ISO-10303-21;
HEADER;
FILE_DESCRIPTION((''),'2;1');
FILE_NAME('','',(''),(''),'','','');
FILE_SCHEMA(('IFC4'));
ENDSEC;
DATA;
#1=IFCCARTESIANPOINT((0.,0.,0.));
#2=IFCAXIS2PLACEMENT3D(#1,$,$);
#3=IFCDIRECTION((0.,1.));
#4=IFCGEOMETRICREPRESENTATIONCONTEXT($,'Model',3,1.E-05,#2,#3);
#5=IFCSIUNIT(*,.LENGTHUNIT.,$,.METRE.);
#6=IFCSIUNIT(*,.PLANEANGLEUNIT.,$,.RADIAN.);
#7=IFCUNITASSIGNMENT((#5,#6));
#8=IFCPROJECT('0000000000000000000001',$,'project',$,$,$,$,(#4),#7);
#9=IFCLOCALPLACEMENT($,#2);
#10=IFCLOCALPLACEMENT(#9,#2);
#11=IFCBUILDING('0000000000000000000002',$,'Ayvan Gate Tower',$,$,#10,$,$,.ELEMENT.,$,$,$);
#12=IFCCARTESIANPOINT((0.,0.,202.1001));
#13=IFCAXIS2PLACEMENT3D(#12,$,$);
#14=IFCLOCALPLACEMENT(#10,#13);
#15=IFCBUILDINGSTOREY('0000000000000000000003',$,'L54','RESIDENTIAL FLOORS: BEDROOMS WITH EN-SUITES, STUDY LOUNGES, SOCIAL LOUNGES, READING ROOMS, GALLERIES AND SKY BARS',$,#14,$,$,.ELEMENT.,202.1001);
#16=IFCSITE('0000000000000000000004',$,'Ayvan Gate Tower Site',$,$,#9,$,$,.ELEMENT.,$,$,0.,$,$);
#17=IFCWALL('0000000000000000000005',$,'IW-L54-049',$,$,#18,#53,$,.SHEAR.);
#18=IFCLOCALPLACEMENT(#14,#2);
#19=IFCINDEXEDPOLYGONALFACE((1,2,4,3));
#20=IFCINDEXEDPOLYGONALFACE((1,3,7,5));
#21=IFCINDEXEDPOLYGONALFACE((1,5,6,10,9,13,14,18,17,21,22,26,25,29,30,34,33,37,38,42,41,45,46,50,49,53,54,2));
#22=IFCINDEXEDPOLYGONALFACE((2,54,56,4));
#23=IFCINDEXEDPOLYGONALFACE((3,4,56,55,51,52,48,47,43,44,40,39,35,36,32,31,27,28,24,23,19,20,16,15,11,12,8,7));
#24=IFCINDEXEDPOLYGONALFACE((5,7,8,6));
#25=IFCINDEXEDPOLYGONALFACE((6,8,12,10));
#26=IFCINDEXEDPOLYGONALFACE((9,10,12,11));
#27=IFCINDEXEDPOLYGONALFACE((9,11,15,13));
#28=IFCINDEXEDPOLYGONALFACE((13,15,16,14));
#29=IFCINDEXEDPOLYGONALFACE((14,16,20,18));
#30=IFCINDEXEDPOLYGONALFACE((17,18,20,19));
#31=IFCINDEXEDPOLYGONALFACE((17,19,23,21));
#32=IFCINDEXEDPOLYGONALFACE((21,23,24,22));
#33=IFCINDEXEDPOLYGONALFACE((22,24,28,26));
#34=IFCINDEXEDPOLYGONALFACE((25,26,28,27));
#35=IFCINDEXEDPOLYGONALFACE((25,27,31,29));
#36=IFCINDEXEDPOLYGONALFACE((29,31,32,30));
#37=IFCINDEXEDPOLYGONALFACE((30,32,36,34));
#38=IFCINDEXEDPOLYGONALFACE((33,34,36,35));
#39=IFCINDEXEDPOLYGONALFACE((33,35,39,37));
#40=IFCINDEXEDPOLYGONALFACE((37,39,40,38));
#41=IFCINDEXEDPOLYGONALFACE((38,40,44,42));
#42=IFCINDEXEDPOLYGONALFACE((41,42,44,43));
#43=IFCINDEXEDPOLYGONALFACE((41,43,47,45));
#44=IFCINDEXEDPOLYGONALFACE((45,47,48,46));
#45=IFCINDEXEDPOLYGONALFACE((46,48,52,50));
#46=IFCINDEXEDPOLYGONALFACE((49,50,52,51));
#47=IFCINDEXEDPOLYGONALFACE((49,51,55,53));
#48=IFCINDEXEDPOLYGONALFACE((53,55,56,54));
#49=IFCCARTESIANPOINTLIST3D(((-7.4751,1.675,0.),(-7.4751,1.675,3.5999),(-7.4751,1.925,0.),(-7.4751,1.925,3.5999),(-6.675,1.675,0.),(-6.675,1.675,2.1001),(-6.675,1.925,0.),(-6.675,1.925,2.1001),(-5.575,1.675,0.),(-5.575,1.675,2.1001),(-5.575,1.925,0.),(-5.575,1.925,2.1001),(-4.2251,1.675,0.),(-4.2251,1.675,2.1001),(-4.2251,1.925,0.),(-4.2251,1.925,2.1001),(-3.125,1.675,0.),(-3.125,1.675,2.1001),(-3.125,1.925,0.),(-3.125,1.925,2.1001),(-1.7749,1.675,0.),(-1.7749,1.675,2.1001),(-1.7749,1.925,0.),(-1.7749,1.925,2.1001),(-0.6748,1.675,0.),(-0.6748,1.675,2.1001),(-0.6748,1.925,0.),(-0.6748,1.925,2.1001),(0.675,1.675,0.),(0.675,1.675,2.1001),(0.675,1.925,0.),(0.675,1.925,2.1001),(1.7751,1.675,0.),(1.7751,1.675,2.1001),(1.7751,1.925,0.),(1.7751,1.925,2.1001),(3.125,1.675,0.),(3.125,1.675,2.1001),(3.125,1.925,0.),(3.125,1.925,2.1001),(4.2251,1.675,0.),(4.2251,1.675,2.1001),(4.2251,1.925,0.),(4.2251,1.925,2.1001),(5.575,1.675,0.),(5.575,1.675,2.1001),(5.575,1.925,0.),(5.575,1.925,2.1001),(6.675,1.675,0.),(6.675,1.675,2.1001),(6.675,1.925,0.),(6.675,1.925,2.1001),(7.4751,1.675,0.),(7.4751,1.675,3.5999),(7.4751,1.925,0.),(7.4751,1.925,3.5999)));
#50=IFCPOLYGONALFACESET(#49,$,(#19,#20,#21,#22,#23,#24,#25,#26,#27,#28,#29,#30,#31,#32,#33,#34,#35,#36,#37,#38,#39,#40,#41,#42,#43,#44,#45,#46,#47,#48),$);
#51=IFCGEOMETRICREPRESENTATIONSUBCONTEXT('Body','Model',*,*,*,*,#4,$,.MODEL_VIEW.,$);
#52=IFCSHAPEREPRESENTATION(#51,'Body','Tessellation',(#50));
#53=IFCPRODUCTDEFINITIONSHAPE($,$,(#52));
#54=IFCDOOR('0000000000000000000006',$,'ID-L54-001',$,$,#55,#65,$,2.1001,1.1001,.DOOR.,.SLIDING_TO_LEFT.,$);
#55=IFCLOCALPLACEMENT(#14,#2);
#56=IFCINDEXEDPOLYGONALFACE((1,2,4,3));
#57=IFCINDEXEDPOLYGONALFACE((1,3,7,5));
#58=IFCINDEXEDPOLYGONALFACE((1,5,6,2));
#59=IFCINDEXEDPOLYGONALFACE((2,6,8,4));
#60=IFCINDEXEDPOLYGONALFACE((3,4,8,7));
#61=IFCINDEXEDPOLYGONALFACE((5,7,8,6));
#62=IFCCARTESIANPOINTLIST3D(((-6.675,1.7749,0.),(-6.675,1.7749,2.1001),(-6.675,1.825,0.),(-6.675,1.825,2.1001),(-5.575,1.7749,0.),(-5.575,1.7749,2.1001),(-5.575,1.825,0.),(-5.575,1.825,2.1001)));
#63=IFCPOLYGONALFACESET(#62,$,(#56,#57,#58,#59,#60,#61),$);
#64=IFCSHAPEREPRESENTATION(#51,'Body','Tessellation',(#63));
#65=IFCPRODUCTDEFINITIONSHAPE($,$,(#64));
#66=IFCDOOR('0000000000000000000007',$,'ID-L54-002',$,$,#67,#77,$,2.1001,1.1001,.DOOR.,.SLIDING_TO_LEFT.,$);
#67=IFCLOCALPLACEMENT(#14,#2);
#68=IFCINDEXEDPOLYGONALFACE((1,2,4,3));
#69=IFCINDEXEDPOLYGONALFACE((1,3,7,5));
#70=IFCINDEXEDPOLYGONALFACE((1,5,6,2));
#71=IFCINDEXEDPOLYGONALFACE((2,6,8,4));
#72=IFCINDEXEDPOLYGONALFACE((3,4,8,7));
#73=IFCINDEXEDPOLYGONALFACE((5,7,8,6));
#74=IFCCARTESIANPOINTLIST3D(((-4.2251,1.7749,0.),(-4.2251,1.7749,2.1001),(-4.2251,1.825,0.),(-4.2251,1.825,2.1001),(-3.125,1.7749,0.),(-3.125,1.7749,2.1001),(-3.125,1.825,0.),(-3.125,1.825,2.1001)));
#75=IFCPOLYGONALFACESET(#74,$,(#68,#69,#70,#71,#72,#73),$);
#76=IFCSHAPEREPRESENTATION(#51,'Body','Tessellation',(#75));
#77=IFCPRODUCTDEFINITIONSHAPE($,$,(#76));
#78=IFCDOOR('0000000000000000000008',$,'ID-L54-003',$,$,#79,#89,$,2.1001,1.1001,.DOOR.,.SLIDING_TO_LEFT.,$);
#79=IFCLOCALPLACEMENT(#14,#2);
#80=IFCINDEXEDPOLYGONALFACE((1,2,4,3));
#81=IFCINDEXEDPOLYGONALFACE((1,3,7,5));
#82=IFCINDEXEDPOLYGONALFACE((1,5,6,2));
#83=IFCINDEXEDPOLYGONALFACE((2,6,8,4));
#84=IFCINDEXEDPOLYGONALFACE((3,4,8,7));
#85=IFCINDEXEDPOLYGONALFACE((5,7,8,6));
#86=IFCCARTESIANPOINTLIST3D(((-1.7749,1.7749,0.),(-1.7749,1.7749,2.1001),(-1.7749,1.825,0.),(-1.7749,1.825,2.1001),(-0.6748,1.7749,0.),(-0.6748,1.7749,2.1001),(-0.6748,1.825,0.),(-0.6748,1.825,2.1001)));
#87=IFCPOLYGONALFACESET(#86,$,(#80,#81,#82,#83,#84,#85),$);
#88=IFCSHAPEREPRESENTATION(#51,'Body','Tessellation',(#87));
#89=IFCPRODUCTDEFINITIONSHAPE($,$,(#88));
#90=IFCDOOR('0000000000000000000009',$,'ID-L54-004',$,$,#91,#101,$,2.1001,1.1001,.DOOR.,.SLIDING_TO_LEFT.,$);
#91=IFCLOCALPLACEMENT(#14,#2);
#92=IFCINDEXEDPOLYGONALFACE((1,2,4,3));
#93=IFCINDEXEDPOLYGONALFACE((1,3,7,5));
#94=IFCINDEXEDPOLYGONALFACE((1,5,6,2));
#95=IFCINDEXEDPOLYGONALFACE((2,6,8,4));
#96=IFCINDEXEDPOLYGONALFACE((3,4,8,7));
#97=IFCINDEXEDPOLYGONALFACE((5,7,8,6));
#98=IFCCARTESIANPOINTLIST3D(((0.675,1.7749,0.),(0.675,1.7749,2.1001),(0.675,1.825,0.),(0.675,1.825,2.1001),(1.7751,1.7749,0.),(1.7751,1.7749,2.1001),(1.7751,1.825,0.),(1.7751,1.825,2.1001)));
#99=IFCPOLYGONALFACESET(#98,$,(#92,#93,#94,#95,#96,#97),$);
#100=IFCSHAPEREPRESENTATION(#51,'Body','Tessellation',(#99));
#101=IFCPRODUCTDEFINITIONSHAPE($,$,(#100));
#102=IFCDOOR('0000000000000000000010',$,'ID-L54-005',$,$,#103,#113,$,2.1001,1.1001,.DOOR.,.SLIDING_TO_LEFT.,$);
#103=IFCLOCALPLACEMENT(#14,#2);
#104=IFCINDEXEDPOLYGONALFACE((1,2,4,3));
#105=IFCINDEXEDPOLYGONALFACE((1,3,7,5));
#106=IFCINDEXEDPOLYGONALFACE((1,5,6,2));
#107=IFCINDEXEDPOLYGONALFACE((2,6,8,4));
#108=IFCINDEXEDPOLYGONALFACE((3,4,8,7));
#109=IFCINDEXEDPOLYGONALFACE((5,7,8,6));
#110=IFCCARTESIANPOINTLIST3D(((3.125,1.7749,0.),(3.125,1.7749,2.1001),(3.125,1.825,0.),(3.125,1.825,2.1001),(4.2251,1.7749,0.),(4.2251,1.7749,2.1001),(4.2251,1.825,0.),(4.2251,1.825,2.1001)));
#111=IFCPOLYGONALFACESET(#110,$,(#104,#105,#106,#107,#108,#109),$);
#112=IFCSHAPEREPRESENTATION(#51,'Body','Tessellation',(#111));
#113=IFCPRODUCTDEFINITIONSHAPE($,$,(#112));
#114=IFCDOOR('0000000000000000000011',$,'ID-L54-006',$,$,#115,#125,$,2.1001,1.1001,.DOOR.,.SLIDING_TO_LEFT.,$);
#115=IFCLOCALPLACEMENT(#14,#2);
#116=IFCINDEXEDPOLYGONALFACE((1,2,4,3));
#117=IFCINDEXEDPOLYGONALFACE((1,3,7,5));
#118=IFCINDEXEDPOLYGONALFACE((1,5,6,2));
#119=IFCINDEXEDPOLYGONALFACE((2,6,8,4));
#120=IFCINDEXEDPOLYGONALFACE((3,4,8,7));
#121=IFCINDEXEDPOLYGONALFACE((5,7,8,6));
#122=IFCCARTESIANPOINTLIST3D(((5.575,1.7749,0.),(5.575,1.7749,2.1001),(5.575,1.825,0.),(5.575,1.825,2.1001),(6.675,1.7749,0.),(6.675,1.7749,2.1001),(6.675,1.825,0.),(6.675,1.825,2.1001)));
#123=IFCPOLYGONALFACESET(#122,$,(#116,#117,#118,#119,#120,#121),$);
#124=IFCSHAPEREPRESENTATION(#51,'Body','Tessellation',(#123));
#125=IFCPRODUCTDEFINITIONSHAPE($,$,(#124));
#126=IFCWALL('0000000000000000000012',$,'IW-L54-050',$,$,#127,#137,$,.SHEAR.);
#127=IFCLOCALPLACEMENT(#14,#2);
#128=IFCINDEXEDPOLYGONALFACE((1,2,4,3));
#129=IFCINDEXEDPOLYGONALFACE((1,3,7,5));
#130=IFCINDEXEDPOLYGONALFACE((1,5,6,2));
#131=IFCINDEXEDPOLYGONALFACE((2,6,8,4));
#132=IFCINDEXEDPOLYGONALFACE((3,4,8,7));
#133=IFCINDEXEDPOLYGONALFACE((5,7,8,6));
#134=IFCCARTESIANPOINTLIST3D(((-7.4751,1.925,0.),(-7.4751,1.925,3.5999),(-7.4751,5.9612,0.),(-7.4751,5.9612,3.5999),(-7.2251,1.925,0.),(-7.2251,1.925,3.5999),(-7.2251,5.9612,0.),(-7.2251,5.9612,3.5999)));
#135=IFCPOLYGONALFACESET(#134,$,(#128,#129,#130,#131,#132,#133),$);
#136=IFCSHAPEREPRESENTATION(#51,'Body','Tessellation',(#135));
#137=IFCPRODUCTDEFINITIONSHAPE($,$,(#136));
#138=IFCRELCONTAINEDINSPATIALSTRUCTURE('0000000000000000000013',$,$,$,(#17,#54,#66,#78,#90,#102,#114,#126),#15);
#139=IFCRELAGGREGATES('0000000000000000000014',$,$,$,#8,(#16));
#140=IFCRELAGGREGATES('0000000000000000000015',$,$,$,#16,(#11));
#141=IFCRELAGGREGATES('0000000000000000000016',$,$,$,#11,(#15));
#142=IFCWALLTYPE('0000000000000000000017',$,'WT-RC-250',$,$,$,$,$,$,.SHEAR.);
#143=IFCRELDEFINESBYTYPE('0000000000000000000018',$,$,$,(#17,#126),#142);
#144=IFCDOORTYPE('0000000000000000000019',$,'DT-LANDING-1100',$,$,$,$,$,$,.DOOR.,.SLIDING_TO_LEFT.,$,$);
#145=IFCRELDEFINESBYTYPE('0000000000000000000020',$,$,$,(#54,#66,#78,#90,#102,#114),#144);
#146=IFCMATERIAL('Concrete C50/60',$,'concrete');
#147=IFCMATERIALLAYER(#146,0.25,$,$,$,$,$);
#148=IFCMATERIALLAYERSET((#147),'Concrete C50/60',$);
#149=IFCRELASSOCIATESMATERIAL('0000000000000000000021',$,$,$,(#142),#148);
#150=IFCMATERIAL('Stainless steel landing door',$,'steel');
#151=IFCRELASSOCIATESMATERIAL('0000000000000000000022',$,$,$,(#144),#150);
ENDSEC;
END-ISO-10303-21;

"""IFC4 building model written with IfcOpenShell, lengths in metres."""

from ifc_helpers import new_model, si_unit, direction, frame, frame_2d, origin, place, context, subcontext, project, spatial, rectangle, extrude, material, layer, layer_set, type_object, element, fill, save


model = new_model("IFC4")

# Units and contexts
model_context = context("Model", 3, precision=1e-05, world=origin(), true_north=direction((0.0, 1.0)))
body_context = subcontext(model_context, "Body", "Model", "MODEL_VIEW")
ifc_project = project(units=[si_unit("LENGTHUNIT", "METRE"), si_unit("PLANEANGLEUNIT", "RADIAN")], contexts=[model_context])

# Site, building, storey
site_placement = place(None, origin())
site = spatial("IfcSite", under=ifc_project, at=site_placement, Name="Ayvan Gate Tower Site", CompositionType="ELEMENT", RefElevation=0.0)
building_placement = place(site_placement, origin())
building = spatial("IfcBuilding", under=site, at=building_placement, Name="Ayvan Gate Tower", CompositionType="ELEMENT")
storey_placement = place(building_placement, frame((0.0, 0.0, 202.1001)))
storey = spatial("IfcBuildingStorey", under=building, at=storey_placement, Name="L54", Description="RESIDENTIAL FLOORS: BEDROOMS WITH EN-SUITES, STUDY LOUNGES, SOCIAL LOUNGES, READING ROOMS, GALLERIES AND SKY BARS", CompositionType="ELEMENT", Elevation=202.1001)

# Wall, openings, doors
ifc_material_1 = material(Name="Concrete C50/60", Category="concrete")
ifc_layer_1 = layer(ifc_material_1, 0.25)
ifc_layer_set_1 = layer_set([ifc_layer_1], Name="Concrete C50/60")
wall_type_1 = type_object("IfcWallType", Name="WT-RC-250", PredefinedType="SHEAR", material=ifc_layer_set_1)
wall_1_placement = place(storey_placement, frame((-7.4751, 1.8, 0.0), z_axis=(0.0, 0.0, 1.0), x_axis=(1.0, 0.0, 0.0)))
wall_1 = element("IfcWall", 1, at=wall_1_placement, inside=storey, type_object=wall_type_1, Name="IW-L54-049", PredefinedType="SHEAR", context=body_context, shape_type="SweptSolid", body=[
    extrude(rectangle(XDim=14.9502, YDim=0.25, at=frame_2d((7.4751, 0.0))), origin(), (0.0, 0.0, 1.0), 3.5999),
])
opening_1_placement = place(wall_1_placement, frame((0.8, 0.0, 0.0)))
opening_1 = element("IfcOpeningElement", 2, at=opening_1_placement, cuts=wall_1, PredefinedType="OPENING", context=body_context, shape_type="SweptSolid", body=[
    extrude(rectangle(XDim=1.1001, YDim=2.1001, at=frame_2d((0.55, 1.05))), frame((0.0, 0.135, 0.0), z_axis=(0.0, -1.0, 0.0), x_axis=(1.0, 0.0, 0.0)), (0.0, 0.0, 1.0), 0.27),
])
opening_2_placement = place(wall_1_placement, frame((3.25, 0.0, 0.0)))
opening_2 = element("IfcOpeningElement", 3, at=opening_2_placement, cuts=wall_1, PredefinedType="OPENING", context=body_context, shape_type="SweptSolid", body=[
    extrude(rectangle(XDim=1.1001, YDim=2.1001, at=frame_2d((0.55, 1.05))), frame((0.0, 0.135, 0.0), z_axis=(0.0, -1.0, 0.0), x_axis=(1.0, 0.0, 0.0)), (0.0, 0.0, 1.0), 0.27),
])
opening_3_placement = place(wall_1_placement, frame((5.7002, 0.0, 0.0)))
opening_3 = element("IfcOpeningElement", 4, at=opening_3_placement, cuts=wall_1, PredefinedType="OPENING", context=body_context, shape_type="SweptSolid", body=[
    extrude(rectangle(XDim=1.1001, YDim=2.1001, at=frame_2d((0.55, 1.05))), frame((0.0, 0.135, 0.0), z_axis=(0.0, -1.0, 0.0), x_axis=(1.0, 0.0, 0.0)), (0.0, 0.0, 1.0), 0.27),
])
opening_4_placement = place(wall_1_placement, frame((8.1501, 0.0, 0.0)))
opening_4 = element("IfcOpeningElement", 5, at=opening_4_placement, cuts=wall_1, PredefinedType="OPENING", context=body_context, shape_type="SweptSolid", body=[
    extrude(rectangle(XDim=1.1001, YDim=2.1001, at=frame_2d((0.55, 1.05))), frame((0.0, 0.135, 0.0), z_axis=(0.0, -1.0, 0.0), x_axis=(1.0, 0.0, 0.0)), (0.0, 0.0, 1.0), 0.27),
])
opening_5_placement = place(wall_1_placement, frame((10.6001, 0.0, 0.0)))
opening_5 = element("IfcOpeningElement", 6, at=opening_5_placement, cuts=wall_1, PredefinedType="OPENING", context=body_context, shape_type="SweptSolid", body=[
    extrude(rectangle(XDim=1.1001, YDim=2.1001, at=frame_2d((0.55, 1.05))), frame((0.0, 0.135, 0.0), z_axis=(0.0, -1.0, 0.0), x_axis=(1.0, 0.0, 0.0)), (0.0, 0.0, 1.0), 0.27),
])
opening_6_placement = place(wall_1_placement, frame((13.05, 0.0, 0.0)))
opening_6 = element("IfcOpeningElement", 7, at=opening_6_placement, cuts=wall_1, PredefinedType="OPENING", context=body_context, shape_type="SweptSolid", body=[
    extrude(rectangle(XDim=1.1001, YDim=2.1001, at=frame_2d((0.55, 1.05))), frame((0.0, 0.135, 0.0), z_axis=(0.0, -1.0, 0.0), x_axis=(1.0, 0.0, 0.0)), (0.0, 0.0, 1.0), 0.27),
])
ifc_material_2 = material(Name="Stainless steel landing door", Category="steel")
door_type_1 = type_object("IfcDoorType", Name="DT-LANDING-1100", OperationType="SLIDING_TO_LEFT", PredefinedType="DOOR", material=ifc_material_2)
door_1_placement = place(opening_1_placement, origin())
door_1 = element("IfcDoor", 8, at=door_1_placement, inside=storey, type_object=door_type_1, Name="ID-L54-001", OperationType="SLIDING_TO_LEFT", OverallHeight=2.1001, OverallWidth=1.1001, PredefinedType="DOOR", context=body_context, shape_type="SweptSolid", body=[
    extrude(rectangle(XDim=1.1001, YDim=2.1001, at=frame_2d((0.55, 1.05))), frame((0.0, 0.0249, 0.0), z_axis=(0.0, -1.0, 0.0), x_axis=(1.0, 0.0, 0.0)), (0.0, 0.0, 1.0), 0.05),
])
fill(opening_1, door_1)
door_2_placement = place(opening_2_placement, origin())
door_2 = element("IfcDoor", 9, at=door_2_placement, inside=storey, type_object=door_type_1, Name="ID-L54-002", OperationType="SLIDING_TO_LEFT", OverallHeight=2.1001, OverallWidth=1.1001, PredefinedType="DOOR", context=body_context, shape_type="SweptSolid", body=[
    extrude(rectangle(XDim=1.1001, YDim=2.1001, at=frame_2d((0.55, 1.05))), frame((0.0, 0.0249, 0.0), z_axis=(0.0, -1.0, 0.0), x_axis=(1.0, 0.0, 0.0)), (0.0, 0.0, 1.0), 0.05),
])
fill(opening_2, door_2)
door_3_placement = place(opening_3_placement, origin())
door_3 = element("IfcDoor", 10, at=door_3_placement, inside=storey, type_object=door_type_1, Name="ID-L54-003", OperationType="SLIDING_TO_LEFT", OverallHeight=2.1001, OverallWidth=1.1001, PredefinedType="DOOR", context=body_context, shape_type="SweptSolid", body=[
    extrude(rectangle(XDim=1.1001, YDim=2.1001, at=frame_2d((0.55, 1.05))), frame((0.0, 0.0249, 0.0), z_axis=(0.0, -1.0, 0.0), x_axis=(1.0, 0.0, 0.0)), (0.0, 0.0, 1.0), 0.05),
])
fill(opening_3, door_3)
door_4_placement = place(opening_4_placement, origin())
door_4 = element("IfcDoor", 11, at=door_4_placement, inside=storey, type_object=door_type_1, Name="ID-L54-004", OperationType="SLIDING_TO_LEFT", OverallHeight=2.1001, OverallWidth=1.1001, PredefinedType="DOOR", context=body_context, shape_type="SweptSolid", body=[
    extrude(rectangle(XDim=1.1001, YDim=2.1001, at=frame_2d((0.55, 1.05))), frame((0.0, 0.0249, 0.0), z_axis=(0.0, -1.0, 0.0), x_axis=(1.0, 0.0, 0.0)), (0.0, 0.0, 1.0), 0.05),
])
fill(opening_4, door_4)
door_5_placement = place(opening_5_placement, origin())
door_5 = element("IfcDoor", 12, at=door_5_placement, inside=storey, type_object=door_type_1, Name="ID-L54-005", OperationType="SLIDING_TO_LEFT", OverallHeight=2.1001, OverallWidth=1.1001, PredefinedType="DOOR", context=body_context, shape_type="SweptSolid", body=[
    extrude(rectangle(XDim=1.1001, YDim=2.1001, at=frame_2d((0.55, 1.05))), frame((0.0, 0.0249, 0.0), z_axis=(0.0, -1.0, 0.0), x_axis=(1.0, 0.0, 0.0)), (0.0, 0.0, 1.0), 0.05),
])
fill(opening_5, door_5)
door_6_placement = place(opening_6_placement, origin())
door_6 = element("IfcDoor", 13, at=door_6_placement, inside=storey, type_object=door_type_1, Name="ID-L54-006", OperationType="SLIDING_TO_LEFT", OverallHeight=2.1001, OverallWidth=1.1001, PredefinedType="DOOR", context=body_context, shape_type="SweptSolid", body=[
    extrude(rectangle(XDim=1.1001, YDim=2.1001, at=frame_2d((0.55, 1.05))), frame((0.0, 0.0249, 0.0), z_axis=(0.0, -1.0, 0.0), x_axis=(1.0, 0.0, 0.0)), (0.0, 0.0, 1.0), 0.05),
])
fill(opening_6, door_6)

# Wall
wall_2_placement = place(storey_placement, frame((-7.3501, 1.925, 0.0), z_axis=(0.0, 0.0, 1.0), x_axis=(0.0, 1.0, 0.0)))
element("IfcWall", 14, at=wall_2_placement, inside=storey, type_object=wall_type_1, Name="IW-L54-050", PredefinedType="SHEAR", context=body_context, shape_type="SweptSolid", body=[
    extrude(rectangle(XDim=4.0361, YDim=0.25, at=frame_2d((2.0181, 0.0))), origin(), (0.0, 0.0, 1.0), 3.5999),
])

save(model, "model.ifc")
